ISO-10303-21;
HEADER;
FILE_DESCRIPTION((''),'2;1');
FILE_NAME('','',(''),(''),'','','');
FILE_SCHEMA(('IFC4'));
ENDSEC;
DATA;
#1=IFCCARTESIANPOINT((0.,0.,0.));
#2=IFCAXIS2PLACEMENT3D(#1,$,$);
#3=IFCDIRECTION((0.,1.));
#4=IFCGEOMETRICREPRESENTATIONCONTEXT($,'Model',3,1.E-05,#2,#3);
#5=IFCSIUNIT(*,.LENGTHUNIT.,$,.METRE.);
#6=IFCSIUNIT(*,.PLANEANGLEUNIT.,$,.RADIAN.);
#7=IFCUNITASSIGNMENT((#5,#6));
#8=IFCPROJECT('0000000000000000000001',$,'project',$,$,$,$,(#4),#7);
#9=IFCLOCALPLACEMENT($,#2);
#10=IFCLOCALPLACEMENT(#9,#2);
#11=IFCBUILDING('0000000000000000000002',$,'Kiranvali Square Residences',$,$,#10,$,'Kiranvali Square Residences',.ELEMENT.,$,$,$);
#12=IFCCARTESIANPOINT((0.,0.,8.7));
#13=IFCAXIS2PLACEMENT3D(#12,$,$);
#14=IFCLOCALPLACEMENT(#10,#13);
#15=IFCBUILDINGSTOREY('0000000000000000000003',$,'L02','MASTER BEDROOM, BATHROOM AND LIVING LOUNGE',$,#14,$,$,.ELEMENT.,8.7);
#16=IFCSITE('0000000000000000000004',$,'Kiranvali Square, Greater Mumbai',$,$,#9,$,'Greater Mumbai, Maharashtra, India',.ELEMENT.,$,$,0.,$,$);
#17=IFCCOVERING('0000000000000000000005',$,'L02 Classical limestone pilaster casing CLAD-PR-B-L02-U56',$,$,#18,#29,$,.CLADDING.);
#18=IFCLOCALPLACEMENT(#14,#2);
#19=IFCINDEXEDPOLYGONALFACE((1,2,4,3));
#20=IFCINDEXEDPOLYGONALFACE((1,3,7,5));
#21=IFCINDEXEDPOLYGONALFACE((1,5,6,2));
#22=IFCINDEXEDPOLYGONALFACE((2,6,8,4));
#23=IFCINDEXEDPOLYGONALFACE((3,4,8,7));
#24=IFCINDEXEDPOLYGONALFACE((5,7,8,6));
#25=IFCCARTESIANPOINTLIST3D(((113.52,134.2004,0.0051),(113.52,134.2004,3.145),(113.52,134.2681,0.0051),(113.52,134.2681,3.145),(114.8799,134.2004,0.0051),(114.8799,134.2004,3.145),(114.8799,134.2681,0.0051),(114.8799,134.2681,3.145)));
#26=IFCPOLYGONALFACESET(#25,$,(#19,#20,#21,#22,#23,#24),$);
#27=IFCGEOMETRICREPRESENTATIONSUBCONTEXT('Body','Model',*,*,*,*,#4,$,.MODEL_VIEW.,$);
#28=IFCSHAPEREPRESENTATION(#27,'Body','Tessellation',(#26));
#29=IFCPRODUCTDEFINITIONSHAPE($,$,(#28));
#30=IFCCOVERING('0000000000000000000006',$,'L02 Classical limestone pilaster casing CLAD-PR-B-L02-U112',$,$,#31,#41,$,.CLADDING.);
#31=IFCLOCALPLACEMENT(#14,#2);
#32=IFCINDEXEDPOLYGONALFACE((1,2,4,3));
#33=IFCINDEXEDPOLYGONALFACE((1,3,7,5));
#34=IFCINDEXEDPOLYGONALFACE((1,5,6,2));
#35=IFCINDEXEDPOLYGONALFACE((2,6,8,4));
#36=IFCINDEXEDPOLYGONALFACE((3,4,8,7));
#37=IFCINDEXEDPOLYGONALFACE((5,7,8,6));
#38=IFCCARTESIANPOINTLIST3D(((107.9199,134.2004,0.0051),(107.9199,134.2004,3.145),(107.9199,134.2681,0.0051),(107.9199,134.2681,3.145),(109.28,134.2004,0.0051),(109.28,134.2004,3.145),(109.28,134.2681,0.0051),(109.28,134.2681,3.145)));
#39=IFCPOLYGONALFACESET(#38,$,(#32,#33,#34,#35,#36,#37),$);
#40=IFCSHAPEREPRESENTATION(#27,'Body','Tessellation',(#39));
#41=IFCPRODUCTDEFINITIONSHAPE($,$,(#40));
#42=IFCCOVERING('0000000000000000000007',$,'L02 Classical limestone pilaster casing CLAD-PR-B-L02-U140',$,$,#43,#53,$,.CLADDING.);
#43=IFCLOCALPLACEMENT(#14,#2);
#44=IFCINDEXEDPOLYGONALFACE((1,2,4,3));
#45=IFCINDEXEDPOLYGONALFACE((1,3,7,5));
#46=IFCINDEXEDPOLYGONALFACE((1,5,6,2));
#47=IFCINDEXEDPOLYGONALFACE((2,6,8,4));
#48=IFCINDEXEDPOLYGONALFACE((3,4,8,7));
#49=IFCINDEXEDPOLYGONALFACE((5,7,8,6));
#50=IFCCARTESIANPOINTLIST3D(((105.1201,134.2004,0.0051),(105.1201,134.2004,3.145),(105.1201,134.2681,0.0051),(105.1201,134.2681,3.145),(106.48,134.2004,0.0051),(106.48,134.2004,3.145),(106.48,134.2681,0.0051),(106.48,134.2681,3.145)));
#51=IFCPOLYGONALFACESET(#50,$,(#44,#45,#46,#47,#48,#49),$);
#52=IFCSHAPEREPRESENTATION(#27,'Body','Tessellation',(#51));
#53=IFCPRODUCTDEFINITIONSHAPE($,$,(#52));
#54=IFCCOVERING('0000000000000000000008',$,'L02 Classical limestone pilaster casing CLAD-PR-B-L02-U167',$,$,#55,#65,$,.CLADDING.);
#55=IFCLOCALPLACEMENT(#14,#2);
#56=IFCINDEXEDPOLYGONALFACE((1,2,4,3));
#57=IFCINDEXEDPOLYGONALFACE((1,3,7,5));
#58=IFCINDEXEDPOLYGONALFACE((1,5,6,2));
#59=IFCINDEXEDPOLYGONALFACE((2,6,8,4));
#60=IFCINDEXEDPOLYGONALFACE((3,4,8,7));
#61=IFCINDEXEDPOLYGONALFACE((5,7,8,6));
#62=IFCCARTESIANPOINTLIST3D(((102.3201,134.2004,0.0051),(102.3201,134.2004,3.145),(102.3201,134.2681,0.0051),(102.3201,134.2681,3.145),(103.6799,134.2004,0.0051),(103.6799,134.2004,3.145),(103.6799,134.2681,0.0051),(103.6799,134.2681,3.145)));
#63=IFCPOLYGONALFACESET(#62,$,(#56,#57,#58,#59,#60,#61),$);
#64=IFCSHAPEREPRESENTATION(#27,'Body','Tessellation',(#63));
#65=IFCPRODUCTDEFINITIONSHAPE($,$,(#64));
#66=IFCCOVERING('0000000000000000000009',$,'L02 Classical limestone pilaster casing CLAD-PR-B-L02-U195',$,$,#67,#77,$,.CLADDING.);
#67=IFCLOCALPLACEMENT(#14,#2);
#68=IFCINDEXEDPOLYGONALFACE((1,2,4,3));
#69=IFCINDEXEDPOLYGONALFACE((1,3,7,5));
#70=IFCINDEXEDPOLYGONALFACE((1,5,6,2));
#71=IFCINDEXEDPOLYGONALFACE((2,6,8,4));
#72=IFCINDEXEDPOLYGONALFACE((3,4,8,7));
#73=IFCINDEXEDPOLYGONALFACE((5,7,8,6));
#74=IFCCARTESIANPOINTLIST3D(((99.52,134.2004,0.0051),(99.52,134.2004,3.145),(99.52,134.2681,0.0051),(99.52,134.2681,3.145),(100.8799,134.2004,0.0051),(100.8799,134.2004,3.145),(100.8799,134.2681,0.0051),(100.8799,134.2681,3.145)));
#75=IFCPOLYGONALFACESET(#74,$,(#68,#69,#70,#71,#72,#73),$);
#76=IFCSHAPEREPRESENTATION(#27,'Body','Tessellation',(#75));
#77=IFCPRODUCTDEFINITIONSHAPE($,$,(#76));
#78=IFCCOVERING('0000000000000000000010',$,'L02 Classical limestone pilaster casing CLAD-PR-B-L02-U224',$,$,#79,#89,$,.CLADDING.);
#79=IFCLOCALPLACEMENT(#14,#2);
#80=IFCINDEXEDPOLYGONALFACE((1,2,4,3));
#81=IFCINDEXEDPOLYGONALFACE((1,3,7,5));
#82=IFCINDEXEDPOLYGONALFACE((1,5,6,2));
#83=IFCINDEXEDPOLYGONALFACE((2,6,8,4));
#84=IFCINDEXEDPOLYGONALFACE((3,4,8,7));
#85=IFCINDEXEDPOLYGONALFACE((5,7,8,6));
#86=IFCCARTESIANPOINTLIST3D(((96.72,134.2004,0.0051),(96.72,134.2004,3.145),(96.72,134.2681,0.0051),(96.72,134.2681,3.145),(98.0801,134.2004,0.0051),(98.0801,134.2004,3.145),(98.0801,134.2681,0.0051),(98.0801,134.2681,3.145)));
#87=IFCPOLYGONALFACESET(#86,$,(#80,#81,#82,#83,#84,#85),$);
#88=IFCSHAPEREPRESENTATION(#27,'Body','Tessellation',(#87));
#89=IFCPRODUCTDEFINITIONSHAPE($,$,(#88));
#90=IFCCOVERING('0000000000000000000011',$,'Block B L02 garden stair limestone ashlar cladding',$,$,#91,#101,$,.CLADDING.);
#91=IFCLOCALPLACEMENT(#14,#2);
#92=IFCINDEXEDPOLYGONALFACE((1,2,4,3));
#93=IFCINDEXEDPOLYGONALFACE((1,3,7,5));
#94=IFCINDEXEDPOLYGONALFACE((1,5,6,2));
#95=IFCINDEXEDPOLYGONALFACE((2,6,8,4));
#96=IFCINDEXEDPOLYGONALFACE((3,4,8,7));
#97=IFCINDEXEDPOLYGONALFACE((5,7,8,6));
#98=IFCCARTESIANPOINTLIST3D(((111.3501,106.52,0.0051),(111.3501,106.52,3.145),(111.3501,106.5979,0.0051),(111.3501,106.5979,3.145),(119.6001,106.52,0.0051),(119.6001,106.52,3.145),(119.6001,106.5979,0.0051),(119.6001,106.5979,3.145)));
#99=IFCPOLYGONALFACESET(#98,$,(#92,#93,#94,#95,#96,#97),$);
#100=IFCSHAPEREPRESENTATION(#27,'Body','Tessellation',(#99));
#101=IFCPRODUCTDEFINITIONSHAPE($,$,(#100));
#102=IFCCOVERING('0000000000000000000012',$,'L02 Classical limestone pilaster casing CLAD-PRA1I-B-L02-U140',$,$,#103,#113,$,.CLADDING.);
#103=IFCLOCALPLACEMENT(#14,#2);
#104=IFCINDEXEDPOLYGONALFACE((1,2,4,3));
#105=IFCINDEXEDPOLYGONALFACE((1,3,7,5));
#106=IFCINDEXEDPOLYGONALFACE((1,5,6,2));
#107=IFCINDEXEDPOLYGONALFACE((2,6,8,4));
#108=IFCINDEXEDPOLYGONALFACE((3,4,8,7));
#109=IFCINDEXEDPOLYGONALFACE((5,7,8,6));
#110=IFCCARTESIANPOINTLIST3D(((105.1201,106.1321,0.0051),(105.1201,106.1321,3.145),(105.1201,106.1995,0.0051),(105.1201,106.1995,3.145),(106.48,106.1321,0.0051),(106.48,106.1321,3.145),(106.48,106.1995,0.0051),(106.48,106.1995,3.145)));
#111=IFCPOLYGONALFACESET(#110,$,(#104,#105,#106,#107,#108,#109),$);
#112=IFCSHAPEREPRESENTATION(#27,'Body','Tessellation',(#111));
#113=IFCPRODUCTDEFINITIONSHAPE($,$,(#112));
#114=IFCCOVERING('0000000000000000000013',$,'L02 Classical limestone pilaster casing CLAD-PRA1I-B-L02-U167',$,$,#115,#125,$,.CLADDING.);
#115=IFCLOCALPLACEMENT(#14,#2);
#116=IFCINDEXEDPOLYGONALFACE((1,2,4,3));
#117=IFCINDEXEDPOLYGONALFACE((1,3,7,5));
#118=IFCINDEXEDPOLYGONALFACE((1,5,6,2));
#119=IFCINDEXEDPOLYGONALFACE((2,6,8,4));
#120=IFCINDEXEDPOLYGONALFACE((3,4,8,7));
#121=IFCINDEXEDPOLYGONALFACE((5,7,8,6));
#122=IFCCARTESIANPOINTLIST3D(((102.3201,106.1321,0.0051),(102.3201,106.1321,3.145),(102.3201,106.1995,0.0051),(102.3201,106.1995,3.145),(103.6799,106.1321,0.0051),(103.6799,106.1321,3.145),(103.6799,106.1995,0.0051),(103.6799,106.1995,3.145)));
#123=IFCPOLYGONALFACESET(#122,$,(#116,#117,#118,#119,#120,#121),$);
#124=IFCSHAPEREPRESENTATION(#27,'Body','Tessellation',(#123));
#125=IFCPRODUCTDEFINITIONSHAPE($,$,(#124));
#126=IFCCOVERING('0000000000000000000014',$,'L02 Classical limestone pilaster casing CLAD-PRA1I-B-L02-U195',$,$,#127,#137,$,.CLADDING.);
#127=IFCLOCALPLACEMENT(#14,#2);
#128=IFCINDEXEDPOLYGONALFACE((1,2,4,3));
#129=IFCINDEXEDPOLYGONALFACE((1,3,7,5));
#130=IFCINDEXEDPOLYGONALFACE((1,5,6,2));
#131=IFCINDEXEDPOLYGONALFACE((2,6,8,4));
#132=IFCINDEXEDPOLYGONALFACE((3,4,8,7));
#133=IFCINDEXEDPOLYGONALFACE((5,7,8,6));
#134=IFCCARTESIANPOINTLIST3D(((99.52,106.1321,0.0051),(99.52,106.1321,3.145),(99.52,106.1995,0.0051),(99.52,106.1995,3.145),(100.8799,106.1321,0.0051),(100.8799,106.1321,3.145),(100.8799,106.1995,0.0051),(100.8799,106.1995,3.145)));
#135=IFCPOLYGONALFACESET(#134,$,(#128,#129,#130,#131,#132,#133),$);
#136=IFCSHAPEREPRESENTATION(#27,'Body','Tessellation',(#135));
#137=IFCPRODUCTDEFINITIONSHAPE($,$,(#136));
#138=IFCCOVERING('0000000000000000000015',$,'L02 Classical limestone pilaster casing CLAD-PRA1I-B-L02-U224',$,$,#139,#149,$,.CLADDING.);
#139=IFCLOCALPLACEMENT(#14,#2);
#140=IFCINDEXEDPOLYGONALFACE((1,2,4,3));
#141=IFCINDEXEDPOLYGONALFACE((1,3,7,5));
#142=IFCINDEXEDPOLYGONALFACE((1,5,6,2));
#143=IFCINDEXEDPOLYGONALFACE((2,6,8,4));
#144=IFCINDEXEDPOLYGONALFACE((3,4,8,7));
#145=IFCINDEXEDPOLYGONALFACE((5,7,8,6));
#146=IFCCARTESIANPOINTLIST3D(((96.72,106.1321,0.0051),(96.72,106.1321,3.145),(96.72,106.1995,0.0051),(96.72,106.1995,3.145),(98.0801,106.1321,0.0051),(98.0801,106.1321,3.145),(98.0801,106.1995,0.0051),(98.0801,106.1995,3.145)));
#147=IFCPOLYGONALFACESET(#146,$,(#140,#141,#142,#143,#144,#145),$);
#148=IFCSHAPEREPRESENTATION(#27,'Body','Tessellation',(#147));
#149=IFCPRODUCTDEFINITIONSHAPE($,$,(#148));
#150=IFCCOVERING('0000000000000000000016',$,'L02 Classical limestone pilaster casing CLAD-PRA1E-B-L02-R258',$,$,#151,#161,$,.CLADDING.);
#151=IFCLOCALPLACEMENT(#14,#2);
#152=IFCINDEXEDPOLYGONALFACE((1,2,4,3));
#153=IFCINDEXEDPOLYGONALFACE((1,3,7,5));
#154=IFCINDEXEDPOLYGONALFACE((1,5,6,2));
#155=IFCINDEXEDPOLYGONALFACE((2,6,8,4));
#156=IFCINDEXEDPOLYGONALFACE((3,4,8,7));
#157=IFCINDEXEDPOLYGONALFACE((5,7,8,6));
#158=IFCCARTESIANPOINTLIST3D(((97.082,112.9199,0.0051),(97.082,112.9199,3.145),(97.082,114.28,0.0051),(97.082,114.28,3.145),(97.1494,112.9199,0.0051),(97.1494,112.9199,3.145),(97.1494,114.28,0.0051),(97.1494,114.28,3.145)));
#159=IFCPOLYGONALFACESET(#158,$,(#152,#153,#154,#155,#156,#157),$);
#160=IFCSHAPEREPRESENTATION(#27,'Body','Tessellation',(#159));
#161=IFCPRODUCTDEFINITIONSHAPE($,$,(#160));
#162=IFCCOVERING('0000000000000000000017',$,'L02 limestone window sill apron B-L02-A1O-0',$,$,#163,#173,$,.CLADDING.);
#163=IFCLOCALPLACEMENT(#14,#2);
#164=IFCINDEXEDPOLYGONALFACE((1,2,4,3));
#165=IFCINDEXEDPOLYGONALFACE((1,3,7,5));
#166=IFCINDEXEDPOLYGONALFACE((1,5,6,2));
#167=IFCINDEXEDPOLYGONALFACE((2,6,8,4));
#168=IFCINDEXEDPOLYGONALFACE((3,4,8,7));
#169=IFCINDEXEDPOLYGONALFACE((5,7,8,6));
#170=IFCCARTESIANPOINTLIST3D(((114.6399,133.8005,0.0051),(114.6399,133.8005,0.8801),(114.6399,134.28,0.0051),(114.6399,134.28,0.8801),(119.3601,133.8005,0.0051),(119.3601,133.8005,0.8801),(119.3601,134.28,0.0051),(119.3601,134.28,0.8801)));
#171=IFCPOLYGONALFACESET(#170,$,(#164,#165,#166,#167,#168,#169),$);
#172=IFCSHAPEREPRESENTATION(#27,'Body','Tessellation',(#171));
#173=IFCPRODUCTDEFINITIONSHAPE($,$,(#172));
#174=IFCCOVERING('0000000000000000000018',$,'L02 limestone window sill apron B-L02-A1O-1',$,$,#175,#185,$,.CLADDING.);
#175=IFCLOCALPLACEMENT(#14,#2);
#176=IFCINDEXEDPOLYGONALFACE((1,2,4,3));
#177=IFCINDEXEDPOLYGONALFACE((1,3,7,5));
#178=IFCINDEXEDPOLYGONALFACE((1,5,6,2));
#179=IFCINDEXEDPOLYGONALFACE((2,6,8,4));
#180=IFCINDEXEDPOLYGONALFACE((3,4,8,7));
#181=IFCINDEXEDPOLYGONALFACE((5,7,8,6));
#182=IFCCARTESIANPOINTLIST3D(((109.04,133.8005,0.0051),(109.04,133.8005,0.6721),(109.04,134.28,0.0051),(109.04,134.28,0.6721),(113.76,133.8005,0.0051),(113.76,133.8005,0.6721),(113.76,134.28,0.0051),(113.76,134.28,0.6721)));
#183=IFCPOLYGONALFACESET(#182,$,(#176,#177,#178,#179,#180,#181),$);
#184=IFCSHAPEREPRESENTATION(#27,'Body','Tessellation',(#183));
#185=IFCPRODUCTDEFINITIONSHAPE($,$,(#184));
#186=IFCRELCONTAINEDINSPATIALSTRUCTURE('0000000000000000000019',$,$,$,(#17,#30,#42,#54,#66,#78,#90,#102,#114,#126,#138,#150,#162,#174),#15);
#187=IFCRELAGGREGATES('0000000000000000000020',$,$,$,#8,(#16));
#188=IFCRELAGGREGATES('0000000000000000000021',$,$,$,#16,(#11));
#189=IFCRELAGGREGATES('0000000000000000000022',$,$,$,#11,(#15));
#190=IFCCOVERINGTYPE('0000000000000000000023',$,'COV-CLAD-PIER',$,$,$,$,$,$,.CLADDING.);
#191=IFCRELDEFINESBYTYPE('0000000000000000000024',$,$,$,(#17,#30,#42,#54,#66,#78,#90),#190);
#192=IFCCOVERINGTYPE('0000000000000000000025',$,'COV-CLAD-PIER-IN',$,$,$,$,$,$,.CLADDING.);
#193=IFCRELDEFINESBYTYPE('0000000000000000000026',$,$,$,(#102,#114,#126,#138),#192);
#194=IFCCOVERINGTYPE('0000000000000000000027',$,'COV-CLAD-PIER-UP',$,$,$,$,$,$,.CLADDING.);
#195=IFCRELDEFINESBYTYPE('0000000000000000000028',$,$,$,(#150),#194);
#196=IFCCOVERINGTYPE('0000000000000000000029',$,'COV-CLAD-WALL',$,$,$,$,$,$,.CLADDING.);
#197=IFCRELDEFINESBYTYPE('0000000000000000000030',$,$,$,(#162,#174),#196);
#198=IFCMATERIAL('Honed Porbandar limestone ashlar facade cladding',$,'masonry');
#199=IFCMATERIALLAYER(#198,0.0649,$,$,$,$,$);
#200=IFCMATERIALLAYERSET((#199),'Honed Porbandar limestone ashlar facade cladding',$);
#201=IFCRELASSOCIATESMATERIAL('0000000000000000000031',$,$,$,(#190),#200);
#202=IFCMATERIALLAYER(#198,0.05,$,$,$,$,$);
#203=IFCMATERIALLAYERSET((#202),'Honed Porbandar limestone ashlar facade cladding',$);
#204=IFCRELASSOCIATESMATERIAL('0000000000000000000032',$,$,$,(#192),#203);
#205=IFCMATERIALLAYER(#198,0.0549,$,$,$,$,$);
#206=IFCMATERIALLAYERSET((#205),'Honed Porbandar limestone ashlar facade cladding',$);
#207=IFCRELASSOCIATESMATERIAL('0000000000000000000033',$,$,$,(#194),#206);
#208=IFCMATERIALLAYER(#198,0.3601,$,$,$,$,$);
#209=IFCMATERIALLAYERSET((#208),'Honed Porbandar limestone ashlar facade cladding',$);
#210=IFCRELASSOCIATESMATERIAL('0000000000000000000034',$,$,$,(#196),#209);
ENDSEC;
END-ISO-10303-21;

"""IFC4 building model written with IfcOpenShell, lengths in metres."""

from ifc_helpers import new_model, si_unit, direction, frame, origin, place, context, subcontext, project, spatial, polyline, outline, extrude, material, layer, layer_set, type_object, element, save


model = new_model("IFC4")

# Units and contexts
model_context = context("Model", 3, precision=1e-05, world=origin(), true_north=direction((0.0, 1.0)))
body_context = subcontext(model_context, "Body", "Model", "MODEL_VIEW")
ifc_project = project(units=[si_unit("LENGTHUNIT", "METRE"), si_unit("PLANEANGLEUNIT", "RADIAN")], contexts=[model_context])

# Site, building, storey
site_placement = place(None, origin())
site = spatial("IfcSite", under=ifc_project, at=site_placement, Name="Kiranvali Square, Greater Mumbai", LongName="Greater Mumbai, Maharashtra, India", CompositionType="ELEMENT", RefElevation=0.0)
building_placement = place(site_placement, origin())
building = spatial("IfcBuilding", under=site, at=building_placement, Name="Kiranvali Square Residences", LongName="Kiranvali Square Residences", CompositionType="ELEMENT")
storey_placement = place(building_placement, frame((0.0, 0.0, 8.7)))
storey = spatial("IfcBuildingStorey", under=building, at=storey_placement, Name="L02", Description="MASTER BEDROOM, BATHROOM AND LIVING LOUNGE", CompositionType="ELEMENT", Elevation=8.7)

# Coverings
ifc_material = material(Name="Honed Porbandar limestone ashlar facade cladding", Category="masonry")
ifc_layer_1 = layer(ifc_material, 0.0649)
ifc_layer_set_1 = layer_set([ifc_layer_1], Name="Honed Porbandar limestone ashlar facade cladding")
covering_type_1 = type_object("IfcCoveringType", Name="COV-CLAD-PIER", PredefinedType="CLADDING", material=ifc_layer_set_1)
covering_1_placement = place(storey_placement, frame((0.0, 0.0, 0.0051)))
element("IfcCovering", 1, at=covering_1_placement, inside=storey, type_object=covering_type_1, Name="L02 Classical limestone pilaster casing CLAD-PR-B-L02-U56", PredefinedType="CLADDING", context=body_context, shape_type="SweptSolid", body=[
    extrude(outline(polyline([(114.8799, 134.2681), (113.52, 134.2681), (113.52, 134.2004), (114.8799, 134.2004), (114.8799, 134.2681)])), origin(), (0.0, 0.0, 1.0), 3.1399),
])
covering_2_placement = place(storey_placement, frame((0.0, 0.0, 0.0051)))
element("IfcCovering", 2, at=covering_2_placement, inside=storey, type_object=covering_type_1, Name="L02 Classical limestone pilaster casing CLAD-PR-B-L02-U112", PredefinedType="CLADDING", context=body_context, shape_type="SweptSolid", body=[
    extrude(outline(polyline([(109.28, 134.2681), (107.9199, 134.2681), (107.9199, 134.2004), (109.28, 134.2004), (109.28, 134.2681)])), origin(), (0.0, 0.0, 1.0), 3.1399),
])
covering_3_placement = place(storey_placement, frame((0.0, 0.0, 0.0051)))
element("IfcCovering", 3, at=covering_3_placement, inside=storey, type_object=covering_type_1, Name="L02 Classical limestone pilaster casing CLAD-PR-B-L02-U140", PredefinedType="CLADDING", context=body_context, shape_type="SweptSolid", body=[
    extrude(outline(polyline([(106.48, 134.2681), (105.1201, 134.2681), (105.1201, 134.2004), (106.48, 134.2004), (106.48, 134.2681)])), origin(), (0.0, 0.0, 1.0), 3.1399),
])
covering_4_placement = place(storey_placement, frame((0.0, 0.0, 0.0051)))
element("IfcCovering", 4, at=covering_4_placement, inside=storey, type_object=covering_type_1, Name="L02 Classical limestone pilaster casing CLAD-PR-B-L02-U167", PredefinedType="CLADDING", context=body_context, shape_type="SweptSolid", body=[
    extrude(outline(polyline([(103.6799, 134.2681), (102.3201, 134.2681), (102.3201, 134.2004), (103.6799, 134.2004), (103.6799, 134.2681)])), origin(), (0.0, 0.0, 1.0), 3.1399),
])
covering_5_placement = place(storey_placement, frame((0.0, 0.0, 0.0051)))
element("IfcCovering", 5, at=covering_5_placement, inside=storey, type_object=covering_type_1, Name="L02 Classical limestone pilaster casing CLAD-PR-B-L02-U195", PredefinedType="CLADDING", context=body_context, shape_type="SweptSolid", body=[
    extrude(outline(polyline([(100.8799, 134.2681), (99.52, 134.2681), (99.52, 134.2004), (100.8799, 134.2004), (100.8799, 134.2681)])), origin(), (0.0, 0.0, 1.0), 3.1399),
])
covering_6_placement = place(storey_placement, frame((0.0, 0.0, 0.0051)))
element("IfcCovering", 6, at=covering_6_placement, inside=storey, type_object=covering_type_1, Name="L02 Classical limestone pilaster casing CLAD-PR-B-L02-U224", PredefinedType="CLADDING", context=body_context, shape_type="SweptSolid", body=[
    extrude(outline(polyline([(98.0801, 134.2681), (96.72, 134.2681), (96.72, 134.2004), (98.0801, 134.2004), (98.0801, 134.2681)])), origin(), (0.0, 0.0, 1.0), 3.1399),
])
covering_7_placement = place(storey_placement, frame((0.0, 0.0, 0.0051)))
element("IfcCovering", 7, at=covering_7_placement, inside=storey, type_object=covering_type_1, Name="Block B L02 garden stair limestone ashlar cladding", PredefinedType="CLADDING", context=body_context, shape_type="SweptSolid", body=[
    extrude(outline(polyline([(119.6001, 106.5979), (111.3501, 106.5979), (111.3501, 106.52), (119.6001, 106.52), (119.6001, 106.5979)])), origin(), (0.0, 0.0, 1.0), 3.1399),
])
ifc_layer_2 = layer(ifc_material, 0.05)
ifc_layer_set_2 = layer_set([ifc_layer_2], Name="Honed Porbandar limestone ashlar facade cladding")
covering_type_2 = type_object("IfcCoveringType", Name="COV-CLAD-PIER-IN", PredefinedType="CLADDING", material=ifc_layer_set_2)
covering_8_placement = place(storey_placement, frame((0.0, 0.0, 0.0051)))
element("IfcCovering", 8, at=covering_8_placement, inside=storey, type_object=covering_type_2, Name="L02 Classical limestone pilaster casing CLAD-PRA1I-B-L02-U140", PredefinedType="CLADDING", context=body_context, shape_type="SweptSolid", body=[
    extrude(outline(polyline([(106.48, 106.1995), (105.1201, 106.1995), (105.1201, 106.1321), (106.48, 106.1321), (106.48, 106.1995)])), origin(), (0.0, 0.0, 1.0), 3.1399),
])
covering_9_placement = place(storey_placement, frame((0.0, 0.0, 0.0051)))
element("IfcCovering", 9, at=covering_9_placement, inside=storey, type_object=covering_type_2, Name="L02 Classical limestone pilaster casing CLAD-PRA1I-B-L02-U167", PredefinedType="CLADDING", context=body_context, shape_type="SweptSolid", body=[
    extrude(outline(polyline([(103.6799, 106.1995), (102.3201, 106.1995), (102.3201, 106.1321), (103.6799, 106.1321), (103.6799, 106.1995)])), origin(), (0.0, 0.0, 1.0), 3.1399),
])
covering_10_placement = place(storey_placement, frame((0.0, 0.0, 0.0051)))
element("IfcCovering", 10, at=covering_10_placement, inside=storey, type_object=covering_type_2, Name="L02 Classical limestone pilaster casing CLAD-PRA1I-B-L02-U195", PredefinedType="CLADDING", context=body_context, shape_type="SweptSolid", body=[
    extrude(outline(polyline([(100.8799, 106.1995), (99.52, 106.1995), (99.52, 106.1321), (100.8799, 106.1321), (100.8799, 106.1995)])), origin(), (0.0, 0.0, 1.0), 3.1399),
])
covering_11_placement = place(storey_placement, frame((0.0, 0.0, 0.0051)))
element("IfcCovering", 11, at=covering_11_placement, inside=storey, type_object=covering_type_2, Name="L02 Classical limestone pilaster casing CLAD-PRA1I-B-L02-U224", PredefinedType="CLADDING", context=body_context, shape_type="SweptSolid", body=[
    extrude(outline(polyline([(98.0801, 106.1995), (96.72, 106.1995), (96.72, 106.1321), (98.0801, 106.1321), (98.0801, 106.1995)])), origin(), (0.0, 0.0, 1.0), 3.1399),
])
ifc_layer_3 = layer(ifc_material, 0.0549)
ifc_layer_set_3 = layer_set([ifc_layer_3], Name="Honed Porbandar limestone ashlar facade cladding")
covering_type_3 = type_object("IfcCoveringType", Name="COV-CLAD-PIER-UP", PredefinedType="CLADDING", material=ifc_layer_set_3)
covering_12_placement = place(storey_placement, frame((0.0, 0.0, 0.0051)))
element("IfcCovering", 12, at=covering_12_placement, inside=storey, type_object=covering_type_3, Name="L02 Classical limestone pilaster casing CLAD-PRA1E-B-L02-R258", PredefinedType="CLADDING", context=body_context, shape_type="SweptSolid", body=[
    extrude(outline(polyline([(97.1494, 112.9199), (97.1494, 114.28), (97.082, 114.28), (97.082, 112.9199), (97.1494, 112.9199)])), origin(), (0.0, 0.0, 1.0), 3.1399),
])
ifc_layer_4 = layer(ifc_material, 0.3601)
ifc_layer_set_4 = layer_set([ifc_layer_4], Name="Honed Porbandar limestone ashlar facade cladding")
covering_type_4 = type_object("IfcCoveringType", Name="COV-CLAD-WALL", PredefinedType="CLADDING", material=ifc_layer_set_4)
covering_13_placement = place(storey_placement, frame((0.0, 0.0, 0.0051)))
element("IfcCovering", 13, at=covering_13_placement, inside=storey, type_object=covering_type_4, Name="L02 limestone window sill apron B-L02-A1O-0", PredefinedType="CLADDING", context=body_context, shape_type="SweptSolid", body=[
    extrude(outline(polyline([(119.3601, 134.28), (114.6399, 134.28), (114.6399, 133.8005), (119.3601, 133.8005), (119.3601, 134.28)])), origin(), (0.0, 0.0, 1.0), 0.875),
])
covering_14_placement = place(storey_placement, frame((0.0, 0.0, 0.0051)))
element("IfcCovering", 14, at=covering_14_placement, inside=storey, type_object=covering_type_4, Name="L02 limestone window sill apron B-L02-A1O-1", PredefinedType="CLADDING", context=body_context, shape_type="SweptSolid", body=[
    extrude(outline(polyline([(113.76, 134.28), (109.04, 134.28), (109.04, 133.8005), (113.76, 133.8005), (113.76, 134.28)])), origin(), (0.0, 0.0, 1.0), 0.667),
])

save(model, "model.ifc")
